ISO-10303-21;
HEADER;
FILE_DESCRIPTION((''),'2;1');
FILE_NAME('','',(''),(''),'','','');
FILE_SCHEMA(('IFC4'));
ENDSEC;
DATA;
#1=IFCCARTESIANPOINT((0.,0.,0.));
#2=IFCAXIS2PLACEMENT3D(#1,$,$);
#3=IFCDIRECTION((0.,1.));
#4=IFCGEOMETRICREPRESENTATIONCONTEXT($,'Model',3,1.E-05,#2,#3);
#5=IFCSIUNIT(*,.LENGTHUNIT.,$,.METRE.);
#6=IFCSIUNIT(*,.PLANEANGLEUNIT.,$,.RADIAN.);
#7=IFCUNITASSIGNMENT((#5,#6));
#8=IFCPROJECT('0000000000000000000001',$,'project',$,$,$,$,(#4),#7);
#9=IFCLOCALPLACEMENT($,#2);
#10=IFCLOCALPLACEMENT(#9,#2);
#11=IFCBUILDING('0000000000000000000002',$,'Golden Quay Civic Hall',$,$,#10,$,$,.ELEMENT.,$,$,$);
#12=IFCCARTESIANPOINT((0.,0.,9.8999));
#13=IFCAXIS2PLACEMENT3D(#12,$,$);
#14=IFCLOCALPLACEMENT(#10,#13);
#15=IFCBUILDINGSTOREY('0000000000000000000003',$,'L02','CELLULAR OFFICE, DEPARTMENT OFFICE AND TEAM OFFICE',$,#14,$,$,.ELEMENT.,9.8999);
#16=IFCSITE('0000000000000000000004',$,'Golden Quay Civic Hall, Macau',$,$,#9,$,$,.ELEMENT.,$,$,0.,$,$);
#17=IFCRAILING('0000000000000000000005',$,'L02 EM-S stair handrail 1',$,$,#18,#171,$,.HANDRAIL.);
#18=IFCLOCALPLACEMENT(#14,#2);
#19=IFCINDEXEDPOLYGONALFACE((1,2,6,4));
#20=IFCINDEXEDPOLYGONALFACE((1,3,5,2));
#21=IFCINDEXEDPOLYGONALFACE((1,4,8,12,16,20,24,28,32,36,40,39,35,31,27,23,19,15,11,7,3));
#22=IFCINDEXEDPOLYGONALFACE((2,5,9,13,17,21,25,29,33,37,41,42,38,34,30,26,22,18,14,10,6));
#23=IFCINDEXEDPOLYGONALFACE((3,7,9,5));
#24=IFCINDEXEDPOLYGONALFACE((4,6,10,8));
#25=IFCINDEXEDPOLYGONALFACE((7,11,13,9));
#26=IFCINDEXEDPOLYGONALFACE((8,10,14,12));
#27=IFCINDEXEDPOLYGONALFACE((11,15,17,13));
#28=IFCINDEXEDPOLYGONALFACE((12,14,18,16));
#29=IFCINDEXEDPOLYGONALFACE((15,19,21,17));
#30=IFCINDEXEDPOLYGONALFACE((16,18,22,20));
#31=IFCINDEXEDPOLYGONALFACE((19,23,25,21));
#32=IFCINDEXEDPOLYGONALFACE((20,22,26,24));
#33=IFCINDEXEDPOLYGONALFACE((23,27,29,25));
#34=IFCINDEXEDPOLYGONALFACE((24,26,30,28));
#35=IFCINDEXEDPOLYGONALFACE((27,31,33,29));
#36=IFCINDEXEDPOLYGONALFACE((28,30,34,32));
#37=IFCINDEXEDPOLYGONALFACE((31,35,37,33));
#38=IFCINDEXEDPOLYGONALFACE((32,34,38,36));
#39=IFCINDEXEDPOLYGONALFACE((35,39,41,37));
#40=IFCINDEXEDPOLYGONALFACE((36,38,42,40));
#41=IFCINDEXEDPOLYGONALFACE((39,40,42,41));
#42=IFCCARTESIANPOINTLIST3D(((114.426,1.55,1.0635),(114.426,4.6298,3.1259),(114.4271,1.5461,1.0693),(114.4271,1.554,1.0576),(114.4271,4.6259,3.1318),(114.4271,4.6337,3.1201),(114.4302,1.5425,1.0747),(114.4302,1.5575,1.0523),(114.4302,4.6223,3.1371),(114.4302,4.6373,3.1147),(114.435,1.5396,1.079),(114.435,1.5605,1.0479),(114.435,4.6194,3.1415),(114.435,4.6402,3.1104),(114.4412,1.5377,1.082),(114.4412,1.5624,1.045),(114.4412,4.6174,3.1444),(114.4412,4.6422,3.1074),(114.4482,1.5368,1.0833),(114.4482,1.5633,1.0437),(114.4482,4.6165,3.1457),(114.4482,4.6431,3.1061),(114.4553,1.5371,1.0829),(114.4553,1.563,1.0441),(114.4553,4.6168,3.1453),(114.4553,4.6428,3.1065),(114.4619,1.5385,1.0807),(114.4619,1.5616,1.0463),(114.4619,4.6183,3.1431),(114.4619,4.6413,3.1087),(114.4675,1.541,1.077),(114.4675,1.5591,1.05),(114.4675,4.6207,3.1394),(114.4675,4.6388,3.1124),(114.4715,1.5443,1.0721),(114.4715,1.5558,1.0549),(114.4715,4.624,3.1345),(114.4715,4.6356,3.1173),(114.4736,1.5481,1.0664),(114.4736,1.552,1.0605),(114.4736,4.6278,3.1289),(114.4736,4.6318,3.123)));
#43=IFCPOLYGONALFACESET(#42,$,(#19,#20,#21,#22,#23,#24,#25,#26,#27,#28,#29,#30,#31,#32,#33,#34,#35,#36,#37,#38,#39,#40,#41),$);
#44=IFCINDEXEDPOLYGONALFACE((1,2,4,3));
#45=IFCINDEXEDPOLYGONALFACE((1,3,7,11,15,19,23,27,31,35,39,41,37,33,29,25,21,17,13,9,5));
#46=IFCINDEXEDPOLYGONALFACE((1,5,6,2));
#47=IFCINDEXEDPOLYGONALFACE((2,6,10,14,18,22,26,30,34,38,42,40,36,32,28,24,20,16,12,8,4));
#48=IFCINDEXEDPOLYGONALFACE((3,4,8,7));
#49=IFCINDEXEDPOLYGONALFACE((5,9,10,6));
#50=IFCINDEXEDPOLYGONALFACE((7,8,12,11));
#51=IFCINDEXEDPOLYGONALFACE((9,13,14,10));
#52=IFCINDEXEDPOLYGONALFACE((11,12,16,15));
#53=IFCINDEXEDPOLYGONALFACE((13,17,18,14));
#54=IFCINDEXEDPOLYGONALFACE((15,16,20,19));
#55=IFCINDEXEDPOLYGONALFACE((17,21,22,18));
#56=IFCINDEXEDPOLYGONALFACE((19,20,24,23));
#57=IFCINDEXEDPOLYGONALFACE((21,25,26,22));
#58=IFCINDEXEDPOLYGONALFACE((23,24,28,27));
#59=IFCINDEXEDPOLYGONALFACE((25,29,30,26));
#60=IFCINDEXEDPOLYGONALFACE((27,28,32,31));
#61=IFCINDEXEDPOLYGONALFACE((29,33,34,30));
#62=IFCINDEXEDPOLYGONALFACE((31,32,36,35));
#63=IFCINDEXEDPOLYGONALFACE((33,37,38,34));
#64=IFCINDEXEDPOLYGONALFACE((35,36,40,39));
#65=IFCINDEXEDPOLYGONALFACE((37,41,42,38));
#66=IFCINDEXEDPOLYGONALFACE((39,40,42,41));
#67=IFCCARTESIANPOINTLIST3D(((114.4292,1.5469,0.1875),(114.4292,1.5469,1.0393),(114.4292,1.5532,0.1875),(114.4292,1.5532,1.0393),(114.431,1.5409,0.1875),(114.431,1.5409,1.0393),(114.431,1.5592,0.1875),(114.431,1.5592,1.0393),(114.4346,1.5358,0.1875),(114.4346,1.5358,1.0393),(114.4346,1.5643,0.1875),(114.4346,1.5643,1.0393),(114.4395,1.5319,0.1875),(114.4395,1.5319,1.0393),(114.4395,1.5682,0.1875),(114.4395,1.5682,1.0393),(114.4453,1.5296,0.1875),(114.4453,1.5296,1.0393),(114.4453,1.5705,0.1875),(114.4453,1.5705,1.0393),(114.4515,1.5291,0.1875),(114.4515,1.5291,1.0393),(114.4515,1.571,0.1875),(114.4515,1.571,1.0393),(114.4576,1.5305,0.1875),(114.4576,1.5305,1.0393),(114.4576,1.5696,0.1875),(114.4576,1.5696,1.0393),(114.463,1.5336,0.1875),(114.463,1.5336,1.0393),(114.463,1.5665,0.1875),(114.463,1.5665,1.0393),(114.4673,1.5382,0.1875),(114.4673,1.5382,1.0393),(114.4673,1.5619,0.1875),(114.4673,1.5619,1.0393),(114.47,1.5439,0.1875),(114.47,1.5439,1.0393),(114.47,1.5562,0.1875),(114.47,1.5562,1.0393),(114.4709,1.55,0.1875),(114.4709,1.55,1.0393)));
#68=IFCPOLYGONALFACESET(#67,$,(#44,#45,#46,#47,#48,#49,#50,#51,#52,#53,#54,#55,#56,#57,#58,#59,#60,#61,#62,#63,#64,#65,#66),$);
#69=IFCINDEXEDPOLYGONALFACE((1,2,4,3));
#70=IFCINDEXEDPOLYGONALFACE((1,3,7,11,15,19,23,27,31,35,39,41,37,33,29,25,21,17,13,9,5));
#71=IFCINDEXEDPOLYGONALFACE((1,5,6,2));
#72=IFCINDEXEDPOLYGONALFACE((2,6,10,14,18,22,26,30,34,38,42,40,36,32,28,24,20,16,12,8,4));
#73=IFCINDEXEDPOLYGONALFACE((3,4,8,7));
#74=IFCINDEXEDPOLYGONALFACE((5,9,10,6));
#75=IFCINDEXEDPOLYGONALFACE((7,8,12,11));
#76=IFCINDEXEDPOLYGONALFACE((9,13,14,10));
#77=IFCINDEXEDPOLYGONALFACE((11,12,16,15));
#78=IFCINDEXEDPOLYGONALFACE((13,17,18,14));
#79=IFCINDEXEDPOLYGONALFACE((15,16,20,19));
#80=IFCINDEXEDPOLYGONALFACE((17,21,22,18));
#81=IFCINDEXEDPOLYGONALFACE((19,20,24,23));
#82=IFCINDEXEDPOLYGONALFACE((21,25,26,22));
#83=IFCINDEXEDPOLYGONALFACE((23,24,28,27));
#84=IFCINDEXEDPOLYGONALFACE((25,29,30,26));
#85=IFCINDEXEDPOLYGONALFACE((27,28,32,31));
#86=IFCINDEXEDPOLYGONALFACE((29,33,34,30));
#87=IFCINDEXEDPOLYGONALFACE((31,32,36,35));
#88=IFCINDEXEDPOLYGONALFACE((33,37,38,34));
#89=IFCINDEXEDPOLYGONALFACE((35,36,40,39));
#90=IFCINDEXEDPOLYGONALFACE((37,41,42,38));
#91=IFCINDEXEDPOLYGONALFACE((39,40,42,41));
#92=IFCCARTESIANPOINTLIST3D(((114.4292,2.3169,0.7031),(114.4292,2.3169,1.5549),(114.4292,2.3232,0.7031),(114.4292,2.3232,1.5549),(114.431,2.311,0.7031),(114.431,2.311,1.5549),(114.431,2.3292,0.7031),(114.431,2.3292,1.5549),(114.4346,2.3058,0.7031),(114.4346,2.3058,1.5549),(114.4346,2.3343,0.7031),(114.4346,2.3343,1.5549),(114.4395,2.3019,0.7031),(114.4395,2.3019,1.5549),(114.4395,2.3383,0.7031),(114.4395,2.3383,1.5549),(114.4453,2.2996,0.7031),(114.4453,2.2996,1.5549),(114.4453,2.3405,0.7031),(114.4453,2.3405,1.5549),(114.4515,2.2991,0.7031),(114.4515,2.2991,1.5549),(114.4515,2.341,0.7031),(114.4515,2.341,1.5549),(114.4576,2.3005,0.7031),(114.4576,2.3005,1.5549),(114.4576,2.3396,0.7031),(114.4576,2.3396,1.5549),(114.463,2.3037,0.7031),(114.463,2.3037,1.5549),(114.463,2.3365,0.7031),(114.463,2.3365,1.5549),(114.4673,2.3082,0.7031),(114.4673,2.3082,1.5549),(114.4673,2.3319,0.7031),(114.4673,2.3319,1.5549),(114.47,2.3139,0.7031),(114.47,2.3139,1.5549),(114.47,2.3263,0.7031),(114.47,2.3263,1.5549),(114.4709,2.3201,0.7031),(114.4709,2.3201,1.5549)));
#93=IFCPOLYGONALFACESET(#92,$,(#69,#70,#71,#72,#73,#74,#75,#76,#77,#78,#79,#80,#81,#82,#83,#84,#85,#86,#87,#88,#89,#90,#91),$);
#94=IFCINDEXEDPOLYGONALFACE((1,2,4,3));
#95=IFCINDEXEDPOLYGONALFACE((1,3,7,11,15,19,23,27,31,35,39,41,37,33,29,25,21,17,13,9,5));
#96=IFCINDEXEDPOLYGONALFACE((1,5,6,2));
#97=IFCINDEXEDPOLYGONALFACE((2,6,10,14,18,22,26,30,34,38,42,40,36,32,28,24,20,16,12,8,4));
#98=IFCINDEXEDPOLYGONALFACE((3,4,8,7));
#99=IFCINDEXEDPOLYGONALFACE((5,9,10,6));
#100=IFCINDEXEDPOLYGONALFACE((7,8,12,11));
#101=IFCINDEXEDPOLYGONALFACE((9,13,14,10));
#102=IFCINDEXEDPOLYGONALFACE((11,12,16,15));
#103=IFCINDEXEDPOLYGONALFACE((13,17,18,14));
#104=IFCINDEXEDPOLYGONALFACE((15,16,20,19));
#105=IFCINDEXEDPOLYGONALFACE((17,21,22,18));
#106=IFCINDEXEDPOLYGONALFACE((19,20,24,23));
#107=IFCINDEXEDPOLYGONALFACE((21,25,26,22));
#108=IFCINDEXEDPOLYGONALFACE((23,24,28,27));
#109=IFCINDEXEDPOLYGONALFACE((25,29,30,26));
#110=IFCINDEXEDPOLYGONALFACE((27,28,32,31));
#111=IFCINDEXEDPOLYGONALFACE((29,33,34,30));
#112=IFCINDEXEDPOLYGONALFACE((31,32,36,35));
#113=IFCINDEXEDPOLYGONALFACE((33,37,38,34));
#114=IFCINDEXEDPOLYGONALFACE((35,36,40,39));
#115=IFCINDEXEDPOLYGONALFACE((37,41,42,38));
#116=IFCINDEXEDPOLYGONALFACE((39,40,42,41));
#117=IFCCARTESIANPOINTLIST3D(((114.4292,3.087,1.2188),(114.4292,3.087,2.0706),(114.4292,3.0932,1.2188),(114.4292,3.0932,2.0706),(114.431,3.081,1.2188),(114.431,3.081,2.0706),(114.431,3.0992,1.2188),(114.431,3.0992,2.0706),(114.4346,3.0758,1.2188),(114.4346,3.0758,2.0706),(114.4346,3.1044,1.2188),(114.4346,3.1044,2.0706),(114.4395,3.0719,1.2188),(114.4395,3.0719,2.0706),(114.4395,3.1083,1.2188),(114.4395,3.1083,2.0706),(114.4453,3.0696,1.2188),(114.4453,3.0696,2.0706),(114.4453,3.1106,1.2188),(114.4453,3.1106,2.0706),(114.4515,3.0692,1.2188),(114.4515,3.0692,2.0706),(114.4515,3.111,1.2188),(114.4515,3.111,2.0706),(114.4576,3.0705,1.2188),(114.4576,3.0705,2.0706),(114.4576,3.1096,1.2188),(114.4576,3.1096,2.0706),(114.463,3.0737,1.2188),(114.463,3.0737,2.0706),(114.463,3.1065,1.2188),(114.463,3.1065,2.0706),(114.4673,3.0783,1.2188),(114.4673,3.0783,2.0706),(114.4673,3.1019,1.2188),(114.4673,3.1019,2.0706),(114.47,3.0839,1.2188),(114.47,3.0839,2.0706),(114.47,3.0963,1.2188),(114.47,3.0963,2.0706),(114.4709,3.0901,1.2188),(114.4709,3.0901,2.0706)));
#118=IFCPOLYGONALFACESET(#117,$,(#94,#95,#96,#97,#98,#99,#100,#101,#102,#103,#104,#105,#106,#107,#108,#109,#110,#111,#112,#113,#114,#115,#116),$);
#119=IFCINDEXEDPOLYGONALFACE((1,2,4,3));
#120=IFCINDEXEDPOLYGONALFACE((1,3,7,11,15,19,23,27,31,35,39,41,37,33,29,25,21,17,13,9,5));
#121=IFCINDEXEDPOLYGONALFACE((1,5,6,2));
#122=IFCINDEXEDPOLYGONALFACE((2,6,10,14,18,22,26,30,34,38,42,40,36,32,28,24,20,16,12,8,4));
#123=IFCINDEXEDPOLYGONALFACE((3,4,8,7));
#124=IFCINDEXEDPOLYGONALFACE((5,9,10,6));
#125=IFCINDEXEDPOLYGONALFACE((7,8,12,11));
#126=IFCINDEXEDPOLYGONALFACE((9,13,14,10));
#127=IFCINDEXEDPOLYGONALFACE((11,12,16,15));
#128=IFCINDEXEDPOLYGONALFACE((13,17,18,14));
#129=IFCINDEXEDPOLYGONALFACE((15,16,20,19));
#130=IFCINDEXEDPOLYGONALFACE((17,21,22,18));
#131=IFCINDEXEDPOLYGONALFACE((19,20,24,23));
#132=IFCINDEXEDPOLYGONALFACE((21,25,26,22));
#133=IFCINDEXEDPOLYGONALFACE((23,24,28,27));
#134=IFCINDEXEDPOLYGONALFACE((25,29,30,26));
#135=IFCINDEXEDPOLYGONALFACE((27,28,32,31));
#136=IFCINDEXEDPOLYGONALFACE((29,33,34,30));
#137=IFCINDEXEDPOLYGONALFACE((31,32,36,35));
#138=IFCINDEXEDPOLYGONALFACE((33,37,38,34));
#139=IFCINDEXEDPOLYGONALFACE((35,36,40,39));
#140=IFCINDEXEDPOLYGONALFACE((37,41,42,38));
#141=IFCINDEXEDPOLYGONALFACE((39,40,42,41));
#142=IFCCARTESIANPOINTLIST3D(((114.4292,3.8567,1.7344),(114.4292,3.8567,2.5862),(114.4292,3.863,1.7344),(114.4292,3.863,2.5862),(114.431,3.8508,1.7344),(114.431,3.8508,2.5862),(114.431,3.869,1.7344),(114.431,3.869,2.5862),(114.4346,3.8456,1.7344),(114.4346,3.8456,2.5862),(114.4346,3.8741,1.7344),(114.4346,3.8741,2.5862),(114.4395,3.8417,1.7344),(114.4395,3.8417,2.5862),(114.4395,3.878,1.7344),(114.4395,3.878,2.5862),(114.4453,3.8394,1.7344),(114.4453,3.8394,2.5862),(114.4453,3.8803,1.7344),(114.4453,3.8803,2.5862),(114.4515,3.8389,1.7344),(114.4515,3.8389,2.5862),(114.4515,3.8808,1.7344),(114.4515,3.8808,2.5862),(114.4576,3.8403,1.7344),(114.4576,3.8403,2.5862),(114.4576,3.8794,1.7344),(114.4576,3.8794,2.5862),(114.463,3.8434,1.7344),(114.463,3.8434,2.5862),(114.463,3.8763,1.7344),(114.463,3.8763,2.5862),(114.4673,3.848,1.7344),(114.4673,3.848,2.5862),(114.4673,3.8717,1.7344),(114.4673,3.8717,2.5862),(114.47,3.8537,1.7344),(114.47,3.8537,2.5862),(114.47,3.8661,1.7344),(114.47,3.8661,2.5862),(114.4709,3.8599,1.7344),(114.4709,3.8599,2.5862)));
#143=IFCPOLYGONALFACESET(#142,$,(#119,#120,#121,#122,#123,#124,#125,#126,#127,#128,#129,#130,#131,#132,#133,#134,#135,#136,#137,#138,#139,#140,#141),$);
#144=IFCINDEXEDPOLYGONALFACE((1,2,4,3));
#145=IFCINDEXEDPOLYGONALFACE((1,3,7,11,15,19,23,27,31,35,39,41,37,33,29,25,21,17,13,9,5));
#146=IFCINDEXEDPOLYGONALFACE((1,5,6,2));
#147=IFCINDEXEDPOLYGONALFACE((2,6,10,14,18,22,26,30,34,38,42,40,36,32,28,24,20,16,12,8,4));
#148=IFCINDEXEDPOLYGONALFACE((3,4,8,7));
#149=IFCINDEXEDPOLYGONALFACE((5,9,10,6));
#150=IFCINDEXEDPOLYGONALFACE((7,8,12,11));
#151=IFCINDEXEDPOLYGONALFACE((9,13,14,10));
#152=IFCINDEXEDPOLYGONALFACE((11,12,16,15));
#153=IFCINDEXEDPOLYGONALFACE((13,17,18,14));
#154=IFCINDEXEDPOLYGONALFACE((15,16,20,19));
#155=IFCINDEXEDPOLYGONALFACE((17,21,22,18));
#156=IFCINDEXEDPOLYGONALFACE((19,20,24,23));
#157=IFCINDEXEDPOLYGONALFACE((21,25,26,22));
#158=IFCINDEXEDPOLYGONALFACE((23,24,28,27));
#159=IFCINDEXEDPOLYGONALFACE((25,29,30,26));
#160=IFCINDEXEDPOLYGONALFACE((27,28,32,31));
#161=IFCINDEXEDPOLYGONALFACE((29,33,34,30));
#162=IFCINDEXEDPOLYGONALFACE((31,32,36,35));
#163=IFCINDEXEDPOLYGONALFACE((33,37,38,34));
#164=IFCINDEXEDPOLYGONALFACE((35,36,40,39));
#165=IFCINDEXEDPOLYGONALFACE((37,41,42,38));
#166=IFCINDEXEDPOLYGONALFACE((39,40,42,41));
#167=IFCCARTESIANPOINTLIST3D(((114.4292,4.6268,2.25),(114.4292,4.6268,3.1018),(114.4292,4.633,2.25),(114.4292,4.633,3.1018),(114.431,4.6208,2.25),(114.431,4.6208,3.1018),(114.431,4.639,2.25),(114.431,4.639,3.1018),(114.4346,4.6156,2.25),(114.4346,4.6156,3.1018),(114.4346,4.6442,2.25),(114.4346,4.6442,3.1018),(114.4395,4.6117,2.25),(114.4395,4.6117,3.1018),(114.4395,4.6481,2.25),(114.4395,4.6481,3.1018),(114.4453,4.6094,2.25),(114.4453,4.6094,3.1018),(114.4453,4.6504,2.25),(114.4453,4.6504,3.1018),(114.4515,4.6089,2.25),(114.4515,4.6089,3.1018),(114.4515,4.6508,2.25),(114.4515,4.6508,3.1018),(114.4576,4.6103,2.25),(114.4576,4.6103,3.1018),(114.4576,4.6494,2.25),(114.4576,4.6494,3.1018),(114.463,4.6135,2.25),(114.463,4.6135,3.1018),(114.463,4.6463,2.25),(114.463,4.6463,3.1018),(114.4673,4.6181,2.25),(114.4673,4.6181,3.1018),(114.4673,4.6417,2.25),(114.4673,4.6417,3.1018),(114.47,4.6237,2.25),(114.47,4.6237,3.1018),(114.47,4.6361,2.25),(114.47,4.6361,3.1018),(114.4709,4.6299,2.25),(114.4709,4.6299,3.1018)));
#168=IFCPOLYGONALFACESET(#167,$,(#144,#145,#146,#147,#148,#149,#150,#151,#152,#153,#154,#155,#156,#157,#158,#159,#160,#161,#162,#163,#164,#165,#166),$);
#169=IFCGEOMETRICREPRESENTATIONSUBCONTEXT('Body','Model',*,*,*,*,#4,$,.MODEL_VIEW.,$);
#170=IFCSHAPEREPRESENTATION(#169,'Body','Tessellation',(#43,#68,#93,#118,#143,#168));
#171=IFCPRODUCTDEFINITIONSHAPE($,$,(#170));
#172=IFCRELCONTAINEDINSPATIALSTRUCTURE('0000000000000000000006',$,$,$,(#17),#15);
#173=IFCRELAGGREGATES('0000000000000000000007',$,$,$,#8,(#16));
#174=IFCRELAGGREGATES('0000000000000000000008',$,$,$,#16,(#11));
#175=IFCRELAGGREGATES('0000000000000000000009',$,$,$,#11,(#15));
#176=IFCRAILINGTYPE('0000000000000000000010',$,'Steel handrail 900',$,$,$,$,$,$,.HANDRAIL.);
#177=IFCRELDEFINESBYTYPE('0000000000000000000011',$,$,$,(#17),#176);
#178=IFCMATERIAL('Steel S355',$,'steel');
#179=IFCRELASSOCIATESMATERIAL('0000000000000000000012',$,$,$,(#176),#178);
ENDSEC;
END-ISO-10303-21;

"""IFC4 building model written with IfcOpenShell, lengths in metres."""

from ifc_helpers import new_model, si_unit, direction, frame, origin, origin_2d, place, context, subcontext, project, spatial, circle, extrude, material, type_object, element, save


model = new_model("IFC4")

# Units and contexts
model_context = context("Model", 3, precision=1e-05, world=origin(), true_north=direction((0.0, 1.0)))
body_context = subcontext(model_context, "Body", "Model", "MODEL_VIEW")
ifc_project = project(units=[si_unit("LENGTHUNIT", "METRE"), si_unit("PLANEANGLEUNIT", "RADIAN")], contexts=[model_context])

# Site, building, storey
site_placement = place(None, origin())
site = spatial("IfcSite", under=ifc_project, at=site_placement, Name="Golden Quay Civic Hall, Macau", CompositionType="ELEMENT", RefElevation=0.0)
building_placement = place(site_placement, origin())
building = spatial("IfcBuilding", under=site, at=building_placement, Name="Golden Quay Civic Hall", CompositionType="ELEMENT")
storey_placement = place(building_placement, frame((0.0, 0.0, 9.8999)))
storey = spatial("IfcBuildingStorey", under=building, at=storey_placement, Name="L02", Description="CELLULAR OFFICE, DEPARTMENT OFFICE AND TEAM OFFICE", CompositionType="ELEMENT", Elevation=9.8999)

# Railing
ifc_material_1 = material(Name="Steel S355", Category="steel")
railing_type_1 = type_object("IfcRailingType", Name="Steel handrail 900", PredefinedType="HANDRAIL", material=ifc_material_1)
railing_1_placement = place(storey_placement, frame((114.45, 1.55, 0.1875)))
element("IfcRailing", 1, at=railing_1_placement, inside=storey, type_object=railing_type_1, Name="L02 EM-S stair handrail 1", PredefinedType="HANDRAIL", context=body_context, shape_type="SweptSolid", body=[
    extrude(circle(Radius=0.0239, at=origin_2d()), frame((0.0, 0.0, 0.876), z_axis=(0.0, 0.830893, 0.556432), x_axis=(-1.0, 0.0, 0.0)), (0.0, 0.0, 1.0), 3.7065),
    extrude(circle(Radius=0.021, at=origin_2d()), origin(), (0.0, 0.0, 1.0), 0.8518),
    extrude(circle(Radius=0.021, at=origin_2d()), frame((0.0, 0.77, 0.5156)), (0.0, 0.0, 1.0), 0.8518),
    extrude(circle(Radius=0.021, at=origin_2d()), frame((0.0, 1.54, 1.0312)), (0.0, 0.0, 1.0), 0.8518),
    extrude(circle(Radius=0.021, at=origin_2d()), frame((0.0, 2.3098, 1.5469)), (0.0, 0.0, 1.0), 0.8518),
    extrude(circle(Radius=0.021, at=origin_2d()), frame((0.0, 3.0798, 2.0625)), (0.0, 0.0, 1.0), 0.8518),
])

save(model, "model.ifc")
